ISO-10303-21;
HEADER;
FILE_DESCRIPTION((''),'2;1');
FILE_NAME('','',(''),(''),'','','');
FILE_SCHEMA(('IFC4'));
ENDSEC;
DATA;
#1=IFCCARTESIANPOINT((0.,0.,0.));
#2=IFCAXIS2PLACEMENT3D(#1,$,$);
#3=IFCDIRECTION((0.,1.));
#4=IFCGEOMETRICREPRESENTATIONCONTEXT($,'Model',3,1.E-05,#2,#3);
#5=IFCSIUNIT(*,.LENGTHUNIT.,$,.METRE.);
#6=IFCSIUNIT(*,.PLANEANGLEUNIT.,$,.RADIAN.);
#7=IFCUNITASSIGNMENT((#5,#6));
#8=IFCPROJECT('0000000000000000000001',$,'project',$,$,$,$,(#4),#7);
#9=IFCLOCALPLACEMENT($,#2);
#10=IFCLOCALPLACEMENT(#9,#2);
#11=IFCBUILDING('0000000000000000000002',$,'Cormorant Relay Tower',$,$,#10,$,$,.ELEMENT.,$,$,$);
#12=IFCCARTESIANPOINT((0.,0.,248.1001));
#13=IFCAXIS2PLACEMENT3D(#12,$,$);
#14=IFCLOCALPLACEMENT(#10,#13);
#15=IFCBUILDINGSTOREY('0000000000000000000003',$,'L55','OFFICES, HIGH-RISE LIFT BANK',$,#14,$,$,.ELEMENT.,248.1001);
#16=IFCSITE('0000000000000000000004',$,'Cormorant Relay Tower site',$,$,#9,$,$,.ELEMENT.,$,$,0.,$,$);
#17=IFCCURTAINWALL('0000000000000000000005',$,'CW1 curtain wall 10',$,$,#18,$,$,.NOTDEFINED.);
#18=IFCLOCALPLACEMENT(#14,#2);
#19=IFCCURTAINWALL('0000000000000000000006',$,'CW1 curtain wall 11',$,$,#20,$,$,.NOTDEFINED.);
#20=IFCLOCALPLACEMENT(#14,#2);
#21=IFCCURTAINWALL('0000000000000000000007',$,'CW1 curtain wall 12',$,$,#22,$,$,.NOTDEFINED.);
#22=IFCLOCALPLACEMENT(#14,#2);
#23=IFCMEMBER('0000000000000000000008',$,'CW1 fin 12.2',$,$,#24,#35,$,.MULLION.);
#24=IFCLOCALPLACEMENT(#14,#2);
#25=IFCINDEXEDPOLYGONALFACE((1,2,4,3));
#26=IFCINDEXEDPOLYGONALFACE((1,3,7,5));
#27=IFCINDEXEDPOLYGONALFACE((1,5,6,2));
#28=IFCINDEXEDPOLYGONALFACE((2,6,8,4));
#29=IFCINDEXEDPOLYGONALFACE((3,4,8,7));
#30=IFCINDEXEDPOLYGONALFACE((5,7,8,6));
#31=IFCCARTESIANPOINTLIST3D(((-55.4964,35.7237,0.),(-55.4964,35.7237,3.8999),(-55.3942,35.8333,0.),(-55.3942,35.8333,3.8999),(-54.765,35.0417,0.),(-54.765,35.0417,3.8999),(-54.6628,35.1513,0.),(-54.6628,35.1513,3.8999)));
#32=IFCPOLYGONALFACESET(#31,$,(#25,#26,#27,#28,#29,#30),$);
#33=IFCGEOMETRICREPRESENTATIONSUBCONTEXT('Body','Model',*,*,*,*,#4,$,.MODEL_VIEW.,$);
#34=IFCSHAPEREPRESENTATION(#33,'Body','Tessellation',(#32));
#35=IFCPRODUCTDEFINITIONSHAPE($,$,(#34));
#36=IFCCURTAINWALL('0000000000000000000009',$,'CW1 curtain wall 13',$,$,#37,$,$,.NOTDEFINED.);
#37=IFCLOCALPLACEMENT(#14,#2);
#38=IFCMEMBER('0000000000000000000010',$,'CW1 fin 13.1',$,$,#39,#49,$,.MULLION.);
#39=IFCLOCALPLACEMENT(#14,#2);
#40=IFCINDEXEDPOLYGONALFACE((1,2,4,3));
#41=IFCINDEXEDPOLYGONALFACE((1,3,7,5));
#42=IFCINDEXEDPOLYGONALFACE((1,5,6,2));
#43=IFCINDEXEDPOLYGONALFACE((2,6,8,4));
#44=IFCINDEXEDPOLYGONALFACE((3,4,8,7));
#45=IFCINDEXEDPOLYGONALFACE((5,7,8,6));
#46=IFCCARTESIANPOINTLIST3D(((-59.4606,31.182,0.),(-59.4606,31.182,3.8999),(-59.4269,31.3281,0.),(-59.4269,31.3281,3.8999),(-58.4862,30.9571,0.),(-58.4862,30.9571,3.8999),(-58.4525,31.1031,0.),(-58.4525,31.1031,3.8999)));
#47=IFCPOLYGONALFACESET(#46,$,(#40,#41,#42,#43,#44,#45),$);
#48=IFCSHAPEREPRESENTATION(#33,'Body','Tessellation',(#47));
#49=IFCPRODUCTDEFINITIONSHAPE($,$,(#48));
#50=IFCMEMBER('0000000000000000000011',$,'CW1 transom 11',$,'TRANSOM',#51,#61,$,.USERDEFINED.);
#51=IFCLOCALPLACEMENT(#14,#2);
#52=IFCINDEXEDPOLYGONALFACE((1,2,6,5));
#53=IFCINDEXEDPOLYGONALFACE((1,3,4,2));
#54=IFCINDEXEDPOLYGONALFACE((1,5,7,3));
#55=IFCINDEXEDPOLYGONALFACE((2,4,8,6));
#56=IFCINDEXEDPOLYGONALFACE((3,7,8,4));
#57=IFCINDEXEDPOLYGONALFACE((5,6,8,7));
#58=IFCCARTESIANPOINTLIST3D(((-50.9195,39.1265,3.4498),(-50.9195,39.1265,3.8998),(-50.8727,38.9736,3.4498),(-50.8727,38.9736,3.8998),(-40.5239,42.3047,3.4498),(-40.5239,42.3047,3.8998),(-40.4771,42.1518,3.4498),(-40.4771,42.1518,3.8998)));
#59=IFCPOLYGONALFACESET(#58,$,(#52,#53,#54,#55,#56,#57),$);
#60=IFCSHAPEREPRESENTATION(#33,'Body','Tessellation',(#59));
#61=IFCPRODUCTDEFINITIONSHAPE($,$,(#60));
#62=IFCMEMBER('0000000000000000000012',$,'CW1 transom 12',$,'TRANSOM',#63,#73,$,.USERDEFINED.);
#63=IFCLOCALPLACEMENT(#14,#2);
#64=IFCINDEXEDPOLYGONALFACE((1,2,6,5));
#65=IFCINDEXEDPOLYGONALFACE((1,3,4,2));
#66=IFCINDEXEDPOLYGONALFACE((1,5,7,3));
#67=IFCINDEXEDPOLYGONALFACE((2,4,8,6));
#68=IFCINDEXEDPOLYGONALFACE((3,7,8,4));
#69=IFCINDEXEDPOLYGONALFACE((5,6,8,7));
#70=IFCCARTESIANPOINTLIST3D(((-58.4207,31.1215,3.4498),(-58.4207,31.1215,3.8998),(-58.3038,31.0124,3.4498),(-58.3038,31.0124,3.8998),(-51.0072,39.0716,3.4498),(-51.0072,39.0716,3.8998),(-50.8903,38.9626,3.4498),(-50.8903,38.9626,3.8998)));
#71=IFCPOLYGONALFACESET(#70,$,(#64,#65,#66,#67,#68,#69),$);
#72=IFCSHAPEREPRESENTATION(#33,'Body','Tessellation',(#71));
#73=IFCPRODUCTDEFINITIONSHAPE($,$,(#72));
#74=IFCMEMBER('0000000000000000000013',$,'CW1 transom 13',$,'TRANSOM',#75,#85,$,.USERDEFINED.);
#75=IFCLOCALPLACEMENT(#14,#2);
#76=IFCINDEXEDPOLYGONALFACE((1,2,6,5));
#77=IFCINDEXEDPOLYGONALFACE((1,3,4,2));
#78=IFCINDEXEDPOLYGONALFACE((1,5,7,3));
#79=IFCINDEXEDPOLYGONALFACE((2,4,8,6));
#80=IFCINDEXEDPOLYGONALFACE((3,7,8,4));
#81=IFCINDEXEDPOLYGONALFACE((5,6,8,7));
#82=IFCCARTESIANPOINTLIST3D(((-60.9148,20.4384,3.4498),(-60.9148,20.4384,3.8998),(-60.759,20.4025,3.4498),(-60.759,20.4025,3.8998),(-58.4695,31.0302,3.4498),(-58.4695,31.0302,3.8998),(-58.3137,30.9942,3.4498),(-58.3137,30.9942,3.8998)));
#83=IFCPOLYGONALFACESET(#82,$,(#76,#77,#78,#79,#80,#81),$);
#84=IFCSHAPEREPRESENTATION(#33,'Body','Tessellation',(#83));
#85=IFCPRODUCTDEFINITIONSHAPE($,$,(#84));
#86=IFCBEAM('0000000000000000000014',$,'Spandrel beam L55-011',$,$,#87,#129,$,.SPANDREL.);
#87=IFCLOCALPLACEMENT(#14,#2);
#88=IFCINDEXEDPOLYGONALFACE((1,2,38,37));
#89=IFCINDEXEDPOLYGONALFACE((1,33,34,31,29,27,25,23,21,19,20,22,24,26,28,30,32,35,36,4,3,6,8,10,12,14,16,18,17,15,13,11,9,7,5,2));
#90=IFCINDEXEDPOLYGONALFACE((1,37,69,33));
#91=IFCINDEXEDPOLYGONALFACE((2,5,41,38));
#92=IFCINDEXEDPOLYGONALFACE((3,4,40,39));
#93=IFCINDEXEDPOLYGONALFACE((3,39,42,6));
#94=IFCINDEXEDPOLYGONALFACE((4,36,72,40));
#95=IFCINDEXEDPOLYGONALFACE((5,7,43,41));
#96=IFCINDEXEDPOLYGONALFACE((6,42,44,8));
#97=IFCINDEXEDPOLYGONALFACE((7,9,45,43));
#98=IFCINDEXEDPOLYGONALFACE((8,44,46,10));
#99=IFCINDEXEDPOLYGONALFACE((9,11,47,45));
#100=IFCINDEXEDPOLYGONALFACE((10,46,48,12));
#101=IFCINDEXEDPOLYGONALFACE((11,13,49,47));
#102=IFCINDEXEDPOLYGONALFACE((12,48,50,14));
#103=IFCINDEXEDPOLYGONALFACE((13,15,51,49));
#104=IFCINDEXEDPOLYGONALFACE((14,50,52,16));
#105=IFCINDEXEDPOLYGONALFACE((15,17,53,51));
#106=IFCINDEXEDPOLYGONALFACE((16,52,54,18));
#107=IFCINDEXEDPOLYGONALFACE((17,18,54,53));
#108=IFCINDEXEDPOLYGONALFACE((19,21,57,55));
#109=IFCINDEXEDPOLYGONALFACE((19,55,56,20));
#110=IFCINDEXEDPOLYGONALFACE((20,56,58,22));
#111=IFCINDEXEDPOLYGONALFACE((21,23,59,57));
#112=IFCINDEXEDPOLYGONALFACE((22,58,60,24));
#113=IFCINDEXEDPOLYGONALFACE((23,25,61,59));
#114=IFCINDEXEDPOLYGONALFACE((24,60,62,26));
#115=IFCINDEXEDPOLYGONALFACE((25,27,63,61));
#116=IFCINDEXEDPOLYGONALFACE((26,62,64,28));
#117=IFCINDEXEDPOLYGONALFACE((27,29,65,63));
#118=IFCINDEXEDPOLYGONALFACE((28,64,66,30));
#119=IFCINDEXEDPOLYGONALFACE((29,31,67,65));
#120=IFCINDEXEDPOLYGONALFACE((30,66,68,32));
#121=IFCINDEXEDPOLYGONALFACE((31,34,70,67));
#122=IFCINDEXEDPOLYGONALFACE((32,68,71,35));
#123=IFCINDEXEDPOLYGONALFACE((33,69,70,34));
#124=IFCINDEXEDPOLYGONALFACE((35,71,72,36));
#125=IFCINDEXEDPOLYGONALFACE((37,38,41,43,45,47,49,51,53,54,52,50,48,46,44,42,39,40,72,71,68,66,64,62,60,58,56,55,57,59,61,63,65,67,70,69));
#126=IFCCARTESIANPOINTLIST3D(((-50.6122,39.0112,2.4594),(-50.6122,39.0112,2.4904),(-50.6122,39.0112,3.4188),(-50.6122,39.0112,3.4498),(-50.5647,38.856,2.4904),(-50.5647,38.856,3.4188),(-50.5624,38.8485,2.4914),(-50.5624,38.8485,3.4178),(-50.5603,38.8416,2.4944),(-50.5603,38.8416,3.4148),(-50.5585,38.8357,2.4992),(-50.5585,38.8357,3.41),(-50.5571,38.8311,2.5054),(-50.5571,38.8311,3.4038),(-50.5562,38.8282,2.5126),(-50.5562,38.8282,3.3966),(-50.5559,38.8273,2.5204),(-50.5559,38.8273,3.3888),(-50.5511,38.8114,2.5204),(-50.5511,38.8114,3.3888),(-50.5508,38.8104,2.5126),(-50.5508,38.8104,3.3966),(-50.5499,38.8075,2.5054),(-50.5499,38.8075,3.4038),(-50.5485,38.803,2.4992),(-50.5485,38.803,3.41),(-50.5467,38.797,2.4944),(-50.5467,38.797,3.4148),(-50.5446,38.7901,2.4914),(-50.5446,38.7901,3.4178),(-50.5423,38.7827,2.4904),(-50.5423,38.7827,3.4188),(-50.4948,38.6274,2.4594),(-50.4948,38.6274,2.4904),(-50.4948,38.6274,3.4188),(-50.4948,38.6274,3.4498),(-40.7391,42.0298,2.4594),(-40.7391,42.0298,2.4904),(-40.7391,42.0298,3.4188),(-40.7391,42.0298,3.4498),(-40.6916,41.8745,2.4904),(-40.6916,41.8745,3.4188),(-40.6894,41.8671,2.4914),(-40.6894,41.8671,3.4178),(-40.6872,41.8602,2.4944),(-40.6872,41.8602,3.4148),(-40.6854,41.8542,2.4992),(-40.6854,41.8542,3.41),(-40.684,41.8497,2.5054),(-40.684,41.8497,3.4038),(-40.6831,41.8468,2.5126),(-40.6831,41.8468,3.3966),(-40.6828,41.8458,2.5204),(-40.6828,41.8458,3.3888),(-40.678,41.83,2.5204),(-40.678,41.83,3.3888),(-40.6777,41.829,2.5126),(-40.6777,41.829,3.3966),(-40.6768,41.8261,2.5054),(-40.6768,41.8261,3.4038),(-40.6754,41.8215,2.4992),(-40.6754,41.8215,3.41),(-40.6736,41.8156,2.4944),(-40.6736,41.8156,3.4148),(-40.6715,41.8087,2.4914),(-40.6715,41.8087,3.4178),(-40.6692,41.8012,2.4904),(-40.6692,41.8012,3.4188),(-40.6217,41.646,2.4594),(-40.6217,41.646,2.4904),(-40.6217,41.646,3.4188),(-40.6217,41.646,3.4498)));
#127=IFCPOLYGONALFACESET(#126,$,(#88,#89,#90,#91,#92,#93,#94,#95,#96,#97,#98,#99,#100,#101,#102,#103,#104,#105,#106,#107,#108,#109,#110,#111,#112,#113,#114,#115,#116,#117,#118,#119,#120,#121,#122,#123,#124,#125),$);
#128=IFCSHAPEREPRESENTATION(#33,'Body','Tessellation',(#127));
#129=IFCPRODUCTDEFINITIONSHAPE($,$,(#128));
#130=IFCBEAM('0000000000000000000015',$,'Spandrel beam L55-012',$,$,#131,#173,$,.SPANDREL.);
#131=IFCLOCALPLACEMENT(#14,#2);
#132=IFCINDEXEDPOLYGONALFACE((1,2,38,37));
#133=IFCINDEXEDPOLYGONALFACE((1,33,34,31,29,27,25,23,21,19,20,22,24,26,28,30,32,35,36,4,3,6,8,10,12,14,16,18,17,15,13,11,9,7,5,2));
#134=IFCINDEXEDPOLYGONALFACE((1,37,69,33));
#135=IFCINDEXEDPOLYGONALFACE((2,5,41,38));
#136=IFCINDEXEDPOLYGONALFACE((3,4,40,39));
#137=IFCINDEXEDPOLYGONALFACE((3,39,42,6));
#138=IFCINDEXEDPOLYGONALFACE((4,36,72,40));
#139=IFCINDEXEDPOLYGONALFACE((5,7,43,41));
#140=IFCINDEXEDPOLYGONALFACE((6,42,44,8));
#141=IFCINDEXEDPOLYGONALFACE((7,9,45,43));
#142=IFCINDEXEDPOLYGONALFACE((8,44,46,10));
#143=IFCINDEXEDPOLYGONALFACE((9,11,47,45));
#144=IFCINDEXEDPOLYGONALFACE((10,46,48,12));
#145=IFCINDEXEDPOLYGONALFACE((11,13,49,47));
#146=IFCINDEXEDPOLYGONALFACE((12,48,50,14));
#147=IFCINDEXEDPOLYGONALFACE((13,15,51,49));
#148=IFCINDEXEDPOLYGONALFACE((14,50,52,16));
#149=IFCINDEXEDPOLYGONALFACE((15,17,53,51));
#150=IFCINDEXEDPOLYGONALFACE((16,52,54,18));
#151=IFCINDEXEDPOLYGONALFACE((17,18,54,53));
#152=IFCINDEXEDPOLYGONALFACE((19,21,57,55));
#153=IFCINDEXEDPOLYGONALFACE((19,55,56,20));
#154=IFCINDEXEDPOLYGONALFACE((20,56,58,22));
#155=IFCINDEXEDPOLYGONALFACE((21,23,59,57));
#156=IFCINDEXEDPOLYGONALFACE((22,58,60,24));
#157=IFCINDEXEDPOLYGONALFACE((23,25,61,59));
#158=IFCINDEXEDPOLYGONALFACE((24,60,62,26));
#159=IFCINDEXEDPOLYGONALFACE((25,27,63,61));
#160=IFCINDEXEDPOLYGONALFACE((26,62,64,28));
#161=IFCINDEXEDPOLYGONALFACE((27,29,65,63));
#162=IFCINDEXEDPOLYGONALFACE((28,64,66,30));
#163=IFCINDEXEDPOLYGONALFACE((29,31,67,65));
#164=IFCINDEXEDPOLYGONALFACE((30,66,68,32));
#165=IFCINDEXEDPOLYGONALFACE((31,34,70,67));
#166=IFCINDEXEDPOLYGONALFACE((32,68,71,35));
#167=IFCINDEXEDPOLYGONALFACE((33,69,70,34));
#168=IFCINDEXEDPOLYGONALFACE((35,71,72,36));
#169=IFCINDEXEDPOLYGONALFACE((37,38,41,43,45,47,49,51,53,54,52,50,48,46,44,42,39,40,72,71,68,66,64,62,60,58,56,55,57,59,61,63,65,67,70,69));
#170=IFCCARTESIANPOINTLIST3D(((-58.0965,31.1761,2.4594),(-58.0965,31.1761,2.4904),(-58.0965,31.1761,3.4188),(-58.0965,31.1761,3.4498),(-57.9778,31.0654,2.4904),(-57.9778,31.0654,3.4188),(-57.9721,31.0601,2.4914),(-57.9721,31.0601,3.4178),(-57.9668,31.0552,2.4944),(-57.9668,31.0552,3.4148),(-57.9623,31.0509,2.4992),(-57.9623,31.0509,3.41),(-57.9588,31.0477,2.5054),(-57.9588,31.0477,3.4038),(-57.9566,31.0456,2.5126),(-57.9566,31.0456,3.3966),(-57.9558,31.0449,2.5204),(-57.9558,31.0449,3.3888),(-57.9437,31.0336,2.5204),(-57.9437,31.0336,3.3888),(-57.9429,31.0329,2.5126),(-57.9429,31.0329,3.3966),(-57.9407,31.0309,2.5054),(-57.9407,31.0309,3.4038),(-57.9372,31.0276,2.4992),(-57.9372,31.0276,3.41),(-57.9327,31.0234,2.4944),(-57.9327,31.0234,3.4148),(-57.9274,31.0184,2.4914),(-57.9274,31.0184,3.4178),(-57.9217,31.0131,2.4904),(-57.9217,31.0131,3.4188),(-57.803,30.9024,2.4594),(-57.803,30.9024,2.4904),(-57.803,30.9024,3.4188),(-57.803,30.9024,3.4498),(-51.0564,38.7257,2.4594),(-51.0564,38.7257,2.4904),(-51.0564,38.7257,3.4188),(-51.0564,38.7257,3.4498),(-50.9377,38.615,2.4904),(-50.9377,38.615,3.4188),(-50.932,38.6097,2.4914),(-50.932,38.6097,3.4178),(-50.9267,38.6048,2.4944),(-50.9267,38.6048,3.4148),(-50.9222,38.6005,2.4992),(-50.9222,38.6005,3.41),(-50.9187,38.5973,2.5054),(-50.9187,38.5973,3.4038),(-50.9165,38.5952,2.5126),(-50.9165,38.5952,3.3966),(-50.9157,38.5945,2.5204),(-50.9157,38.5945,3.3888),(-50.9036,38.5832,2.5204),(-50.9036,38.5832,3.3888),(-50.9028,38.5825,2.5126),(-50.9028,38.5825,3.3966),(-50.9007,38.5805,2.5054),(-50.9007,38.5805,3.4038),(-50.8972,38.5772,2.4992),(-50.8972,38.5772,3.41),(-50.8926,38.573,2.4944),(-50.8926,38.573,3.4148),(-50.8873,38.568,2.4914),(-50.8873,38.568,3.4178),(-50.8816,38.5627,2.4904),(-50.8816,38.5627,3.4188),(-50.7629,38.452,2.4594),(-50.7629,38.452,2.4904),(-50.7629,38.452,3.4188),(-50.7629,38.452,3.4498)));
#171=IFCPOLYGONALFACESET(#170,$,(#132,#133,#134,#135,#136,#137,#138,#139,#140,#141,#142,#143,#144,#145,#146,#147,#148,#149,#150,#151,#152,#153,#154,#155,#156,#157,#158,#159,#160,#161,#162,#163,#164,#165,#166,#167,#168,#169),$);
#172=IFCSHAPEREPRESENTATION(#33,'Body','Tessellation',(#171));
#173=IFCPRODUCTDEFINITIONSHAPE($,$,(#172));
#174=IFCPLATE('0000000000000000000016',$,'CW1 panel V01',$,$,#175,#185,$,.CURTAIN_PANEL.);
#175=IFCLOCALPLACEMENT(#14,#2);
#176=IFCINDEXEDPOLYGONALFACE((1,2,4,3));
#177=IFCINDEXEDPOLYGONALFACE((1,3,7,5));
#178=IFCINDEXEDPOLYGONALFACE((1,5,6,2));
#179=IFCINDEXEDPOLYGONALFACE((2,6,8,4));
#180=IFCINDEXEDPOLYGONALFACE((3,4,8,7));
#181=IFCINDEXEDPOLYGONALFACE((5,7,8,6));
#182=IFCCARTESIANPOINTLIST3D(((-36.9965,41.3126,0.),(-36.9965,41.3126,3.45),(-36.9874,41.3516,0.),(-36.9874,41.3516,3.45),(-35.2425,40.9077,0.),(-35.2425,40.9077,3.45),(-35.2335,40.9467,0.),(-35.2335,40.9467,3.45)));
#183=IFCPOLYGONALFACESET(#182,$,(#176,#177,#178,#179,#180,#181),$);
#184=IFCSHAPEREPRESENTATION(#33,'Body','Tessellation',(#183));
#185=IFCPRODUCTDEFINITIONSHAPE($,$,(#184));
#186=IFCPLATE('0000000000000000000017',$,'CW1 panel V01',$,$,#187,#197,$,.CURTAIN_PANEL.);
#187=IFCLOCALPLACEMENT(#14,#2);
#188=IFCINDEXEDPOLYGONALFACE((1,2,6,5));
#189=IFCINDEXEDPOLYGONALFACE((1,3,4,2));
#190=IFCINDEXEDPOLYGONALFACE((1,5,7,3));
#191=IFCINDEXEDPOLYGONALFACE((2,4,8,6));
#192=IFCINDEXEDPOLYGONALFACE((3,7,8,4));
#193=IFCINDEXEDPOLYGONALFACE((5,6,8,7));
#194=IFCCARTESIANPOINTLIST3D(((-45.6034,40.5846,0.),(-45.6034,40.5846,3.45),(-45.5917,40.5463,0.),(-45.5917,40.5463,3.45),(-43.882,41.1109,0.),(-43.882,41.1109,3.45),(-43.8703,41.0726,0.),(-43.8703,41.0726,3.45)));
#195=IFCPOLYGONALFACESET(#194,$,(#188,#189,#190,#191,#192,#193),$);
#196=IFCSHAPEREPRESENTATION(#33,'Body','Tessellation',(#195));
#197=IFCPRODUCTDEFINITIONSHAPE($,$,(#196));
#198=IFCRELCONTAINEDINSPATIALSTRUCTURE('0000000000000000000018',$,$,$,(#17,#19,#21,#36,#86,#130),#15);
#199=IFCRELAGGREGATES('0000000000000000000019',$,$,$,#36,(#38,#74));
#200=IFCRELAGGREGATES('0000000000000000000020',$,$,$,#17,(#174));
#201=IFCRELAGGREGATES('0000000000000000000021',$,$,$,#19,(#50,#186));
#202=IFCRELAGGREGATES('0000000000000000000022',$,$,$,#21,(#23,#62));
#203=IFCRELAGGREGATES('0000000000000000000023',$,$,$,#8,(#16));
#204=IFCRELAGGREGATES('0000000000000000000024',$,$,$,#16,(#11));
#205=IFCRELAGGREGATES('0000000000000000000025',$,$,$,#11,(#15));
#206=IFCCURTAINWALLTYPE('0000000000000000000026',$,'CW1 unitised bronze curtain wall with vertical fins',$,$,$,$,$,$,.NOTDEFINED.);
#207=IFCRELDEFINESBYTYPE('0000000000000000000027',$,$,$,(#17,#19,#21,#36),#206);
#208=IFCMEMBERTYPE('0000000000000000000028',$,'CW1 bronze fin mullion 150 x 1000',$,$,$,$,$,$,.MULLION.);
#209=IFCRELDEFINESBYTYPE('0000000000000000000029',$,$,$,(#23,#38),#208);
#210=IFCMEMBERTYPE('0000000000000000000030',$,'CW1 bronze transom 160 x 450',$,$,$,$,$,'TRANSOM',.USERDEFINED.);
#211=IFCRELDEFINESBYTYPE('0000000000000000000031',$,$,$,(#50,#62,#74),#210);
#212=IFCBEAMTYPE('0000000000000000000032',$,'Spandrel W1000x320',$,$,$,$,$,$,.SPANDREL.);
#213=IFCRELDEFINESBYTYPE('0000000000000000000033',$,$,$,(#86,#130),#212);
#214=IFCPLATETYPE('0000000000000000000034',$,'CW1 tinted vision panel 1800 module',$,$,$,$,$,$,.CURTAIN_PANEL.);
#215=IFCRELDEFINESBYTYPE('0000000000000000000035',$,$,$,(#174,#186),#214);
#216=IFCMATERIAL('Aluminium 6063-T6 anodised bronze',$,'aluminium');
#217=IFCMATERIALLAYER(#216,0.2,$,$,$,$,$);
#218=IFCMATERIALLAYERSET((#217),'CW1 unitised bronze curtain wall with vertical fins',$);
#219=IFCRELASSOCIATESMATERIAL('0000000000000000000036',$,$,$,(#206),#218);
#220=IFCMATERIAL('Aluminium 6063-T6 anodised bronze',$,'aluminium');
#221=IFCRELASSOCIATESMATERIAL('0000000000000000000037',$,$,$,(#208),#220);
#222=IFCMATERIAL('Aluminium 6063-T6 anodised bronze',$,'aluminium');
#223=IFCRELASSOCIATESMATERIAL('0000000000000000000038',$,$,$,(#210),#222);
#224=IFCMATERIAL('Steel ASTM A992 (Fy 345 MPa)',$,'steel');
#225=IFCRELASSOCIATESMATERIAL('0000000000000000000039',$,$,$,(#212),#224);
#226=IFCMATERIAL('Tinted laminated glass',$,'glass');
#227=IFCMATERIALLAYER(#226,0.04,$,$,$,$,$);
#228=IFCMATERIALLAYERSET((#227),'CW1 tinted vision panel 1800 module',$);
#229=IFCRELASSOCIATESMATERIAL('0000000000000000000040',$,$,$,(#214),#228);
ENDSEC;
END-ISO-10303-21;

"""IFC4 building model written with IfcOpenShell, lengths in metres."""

from ifc_helpers import new_model, si_unit, direction, frame, origin, origin_2d, place, context, subcontext, project, spatial, rectangle, i_section, extrude, material, layer, layer_set, material_profile, profile_set, type_object, element, aggregate, save


model = new_model("IFC4")

# Units and contexts
model_context = context("Model", 3, precision=1e-05, world=origin(), true_north=direction((0.0, 1.0)))
body_context = subcontext(model_context, "Body", "Model", "MODEL_VIEW")
ifc_project = project(units=[si_unit("LENGTHUNIT", "METRE"), si_unit("PLANEANGLEUNIT", "RADIAN")], contexts=[model_context])

# Site, building, storey
site_placement = place(None, origin())
site = spatial("IfcSite", under=ifc_project, at=site_placement, Name="Cormorant Relay Tower site", CompositionType="ELEMENT", RefElevation=0.0)
building_placement = place(site_placement, origin())
building = spatial("IfcBuilding", under=site, at=building_placement, Name="Cormorant Relay Tower", CompositionType="ELEMENT")
storey_placement = place(building_placement, frame((0.0, 0.0, 248.1001)))
storey = spatial("IfcBuildingStorey", under=building, at=storey_placement, Name="L55", Description="OFFICES, HIGH-RISE LIFT BANK", CompositionType="ELEMENT", Elevation=248.1001)

# Curtain wall
ifc_material_1 = material(Name="Aluminium 6063-T6 anodised bronze", Category="aluminium")
ifc_layer_1 = layer(ifc_material_1, 0.2)
ifc_layer_set_1 = layer_set([ifc_layer_1], Name="CW1 unitised bronze curtain wall with vertical fins")
curtain_wall_type = type_object("IfcCurtainWallType", Name="CW1 unitised bronze curtain wall with vertical fins", PredefinedType="NOTDEFINED", material=ifc_layer_set_1)
curtain_wall_1_placement = place(storey_placement, origin())
curtain_wall_1 = element("IfcCurtainWall", 1, at=curtain_wall_1_placement, inside=storey, type_object=curtain_wall_type, Name="CW1 curtain wall 10", PredefinedType="NOTDEFINED")
ifc_material_2 = material(Name="Aluminium 6063-T6 anodised bronze", Category="aluminium")
ifc_material_profile_1 = material_profile(ifc_material_2, rectangle(XDim=0.1499, YDim=1.0, at=origin_2d()), Name="AL 150x1000")
ifc_profile_set_1 = profile_set([ifc_material_profile_1], Name="Aluminium 6063-T6 anodised bronze")
member_type_1 = type_object("IfcMemberType", Name="CW1 bronze fin mullion 150 x 1000", PredefinedType="MULLION", material=ifc_profile_set_1)

# Curtain walls, member
curtain_wall_2_placement = place(storey_placement, origin())
curtain_wall_2 = element("IfcCurtainWall", 2, at=curtain_wall_2_placement, inside=storey, type_object=curtain_wall_type, Name="CW1 curtain wall 11", PredefinedType="NOTDEFINED")
curtain_wall_3_placement = place(storey_placement, origin())
curtain_wall_3 = element("IfcCurtainWall", 3, at=curtain_wall_3_placement, inside=storey, type_object=curtain_wall_type, Name="CW1 curtain wall 12", PredefinedType="NOTDEFINED")
member_1_placement = place(storey_placement, frame((-55.0796, 35.4375, 0.0), z_axis=(0.0, 0.0, 1.0), x_axis=(-0.681998, -0.731354, 0.0)))
member_1 = element("IfcMember", 4, at=member_1_placement, type_object=member_type_1, Name="CW1 fin 12.2", PredefinedType="MULLION", context=body_context, shape_type="SweptSolid", body=[
    extrude(rectangle(XDim=0.1499, YDim=1.0, at=origin_2d()), origin(), (0.0, 0.0, 1.0), 3.8999),
])

# Curtain wall, member
curtain_wall_4_placement = place(storey_placement, origin())
curtain_wall_4 = element("IfcCurtainWall", 5, at=curtain_wall_4_placement, inside=storey, type_object=curtain_wall_type, Name="CW1 curtain wall 13", PredefinedType="NOTDEFINED")
member_2_placement = place(storey_placement, frame((-58.9565, 31.1426, 0.0), z_axis=(0.0, 0.0, 1.0), x_axis=(-0.224951, -0.97437, 0.0)))
member_2 = element("IfcMember", 6, at=member_2_placement, type_object=member_type_1, Name="CW1 fin 13.1", PredefinedType="MULLION", context=body_context, shape_type="SweptSolid", body=[
    extrude(rectangle(XDim=0.1499, YDim=1.0, at=origin_2d()), origin(), (0.0, 0.0, 1.0), 3.8999),
])

# Members
ifc_material_3 = material(Name="Aluminium 6063-T6 anodised bronze", Category="aluminium")
ifc_material_profile_2 = material_profile(ifc_material_3, rectangle(XDim=0.1599, YDim=0.45, at=origin_2d()), Name="AL 160x450")
ifc_profile_set_2 = profile_set([ifc_material_profile_2], Name="Aluminium 6063-T6 anodised bronze")
member_type_2 = type_object("IfcMemberType", Name="CW1 bronze transom 160 x 450", ElementType="TRANSOM", PredefinedType="USERDEFINED", material=ifc_profile_set_2)
member_3_placement = place(storey_placement, frame((-40.5005, 42.2283, 3.6748), z_axis=(-0.956305, -0.292371, 0.0), x_axis=(0.292371, -0.956305, 0.0)))
member_3 = element("IfcMember", 7, at=member_3_placement, type_object=member_type_2, Name="CW1 transom 11", ObjectType="TRANSOM", PredefinedType="USERDEFINED", context=body_context, shape_type="SweptSolid", body=[
    extrude(rectangle(XDim=0.1599, YDim=0.45, at=origin_2d()), origin(), (0.0, 0.0, 1.0), 10.8706),
])
member_4_placement = place(storey_placement, frame((-50.9487, 39.0171, 3.6748), z_axis=(-0.681993, -0.731358, 0.0), x_axis=(0.731358, -0.681993, 0.0)))
member_4 = element("IfcMember", 8, at=member_4_placement, type_object=member_type_2, Name="CW1 transom 12", ObjectType="TRANSOM", PredefinedType="USERDEFINED", context=body_context, shape_type="SweptSolid", body=[
    extrude(rectangle(XDim=0.1599, YDim=0.45, at=origin_2d()), origin(), (0.0, 0.0, 1.0), 10.8704),
])
member_5_placement = place(storey_placement, frame((-58.3916, 31.0122, 3.6748), z_axis=(-0.224951, -0.97437, 0.0), x_axis=(0.97437, -0.224951, 0.0)))
member_5 = element("IfcMember", 9, at=member_5_placement, type_object=member_type_2, Name="CW1 transom 13", ObjectType="TRANSOM", PredefinedType="USERDEFINED", context=body_context, shape_type="SweptSolid", body=[
    extrude(rectangle(XDim=0.1599, YDim=0.45, at=origin_2d()), origin(), (0.0, 0.0, 1.0), 10.8704),
])
aggregate(curtain_wall_4, [member_2, member_5])

# Beams
ifc_material_4 = material(Name="Steel ASTM A992 (Fy 345 MPa)", Category="steel")
ifc_material_profile_3 = material_profile(ifc_material_4, i_section(OverallWidth=0.4014, OverallDepth=0.9905, WebThickness=0.0166, FlangeThickness=0.031, FilletRadius=0.03, at=origin_2d()), Name="W1000x320")
ifc_profile_set_3 = profile_set([ifc_material_profile_3], Name="Steel ASTM A992 (Fy 345 MPa)")
beam_type = type_object("IfcBeamType", Name="Spandrel W1000x320", PredefinedType="SPANDREL", material=ifc_profile_set_3)
beam_1_placement = place(storey_placement, frame((-40.6804, 41.8379, 2.9546), z_axis=(-0.956303, -0.292377, 0.0), x_axis=(0.292377, -0.956303, 0.0)))
element("IfcBeam", 10, at=beam_1_placement, inside=storey, type_object=beam_type, Name="Spandrel beam L55-011", PredefinedType="SPANDREL", context=body_context, shape_type="SweptSolid", body=[
    extrude(i_section(OverallWidth=0.4014, OverallDepth=0.9905, WebThickness=0.0166, FlangeThickness=0.031, FilletRadius=0.03, at=origin_2d()), origin(), (0.0, 0.0, 1.0), 10.3242),
])
beam_2_placement = place(storey_placement, frame((-50.9097, 38.5889, 2.9546), z_axis=(-0.681996, -0.731356, 0.0), x_axis=(0.731356, -0.681996, 0.0)))
element("IfcBeam", 11, at=beam_2_placement, inside=storey, type_object=beam_type, Name="Spandrel beam L55-012", PredefinedType="SPANDREL", context=body_context, shape_type="SweptSolid", body=[
    extrude(i_section(OverallWidth=0.4014, OverallDepth=0.9905, WebThickness=0.0166, FlangeThickness=0.031, FilletRadius=0.03, at=origin_2d()), origin(), (0.0, 0.0, 1.0), 10.3228),
])

# Plates
ifc_material_5 = material(Name="Tinted laminated glass", Category="glass")
ifc_layer_2 = layer(ifc_material_5, 0.04)
ifc_layer_set_2 = layer_set([ifc_layer_2], Name="CW1 tinted vision panel 1800 module")
plate_type_1 = type_object("IfcPlateType", Name="CW1 tinted vision panel 1800 module", PredefinedType="CURTAIN_PANEL", material=ifc_layer_set_2)
plate_1_placement = place(storey_placement, frame((-36.115, 41.1296, 0.0), z_axis=(0.0, 0.0, 1.0), x_axis=(-0.97437, 0.224951, 0.0)))
plate_1 = element("IfcPlate", 12, at=plate_1_placement, type_object=plate_type_1, Name="CW1 panel V01", PredefinedType="CURTAIN_PANEL", context=body_context, shape_type="SweptSolid", body=[
    extrude(rectangle(XDim=1.8, YDim=0.04, at=origin_2d()), origin(), (0.0, 0.0, 1.0), 3.45),
])
plate_2_placement = place(storey_placement, frame((-44.7368, 40.8286, 0.0), z_axis=(0.0, 0.0, 1.0), x_axis=(-0.956305, -0.292372, 0.0)))
plate_2 = element("IfcPlate", 13, at=plate_2_placement, type_object=plate_type_1, Name="CW1 panel V01", PredefinedType="CURTAIN_PANEL", context=body_context, shape_type="SweptSolid", body=[
    extrude(rectangle(XDim=1.8, YDim=0.04, at=origin_2d()), origin(), (0.0, 0.0, 1.0), 3.45),
])

aggregate(curtain_wall_1, [plate_1])
aggregate(curtain_wall_2, [member_3, plate_2])
aggregate(curtain_wall_3, [member_1, member_4])

save(model, "model.ifc")
